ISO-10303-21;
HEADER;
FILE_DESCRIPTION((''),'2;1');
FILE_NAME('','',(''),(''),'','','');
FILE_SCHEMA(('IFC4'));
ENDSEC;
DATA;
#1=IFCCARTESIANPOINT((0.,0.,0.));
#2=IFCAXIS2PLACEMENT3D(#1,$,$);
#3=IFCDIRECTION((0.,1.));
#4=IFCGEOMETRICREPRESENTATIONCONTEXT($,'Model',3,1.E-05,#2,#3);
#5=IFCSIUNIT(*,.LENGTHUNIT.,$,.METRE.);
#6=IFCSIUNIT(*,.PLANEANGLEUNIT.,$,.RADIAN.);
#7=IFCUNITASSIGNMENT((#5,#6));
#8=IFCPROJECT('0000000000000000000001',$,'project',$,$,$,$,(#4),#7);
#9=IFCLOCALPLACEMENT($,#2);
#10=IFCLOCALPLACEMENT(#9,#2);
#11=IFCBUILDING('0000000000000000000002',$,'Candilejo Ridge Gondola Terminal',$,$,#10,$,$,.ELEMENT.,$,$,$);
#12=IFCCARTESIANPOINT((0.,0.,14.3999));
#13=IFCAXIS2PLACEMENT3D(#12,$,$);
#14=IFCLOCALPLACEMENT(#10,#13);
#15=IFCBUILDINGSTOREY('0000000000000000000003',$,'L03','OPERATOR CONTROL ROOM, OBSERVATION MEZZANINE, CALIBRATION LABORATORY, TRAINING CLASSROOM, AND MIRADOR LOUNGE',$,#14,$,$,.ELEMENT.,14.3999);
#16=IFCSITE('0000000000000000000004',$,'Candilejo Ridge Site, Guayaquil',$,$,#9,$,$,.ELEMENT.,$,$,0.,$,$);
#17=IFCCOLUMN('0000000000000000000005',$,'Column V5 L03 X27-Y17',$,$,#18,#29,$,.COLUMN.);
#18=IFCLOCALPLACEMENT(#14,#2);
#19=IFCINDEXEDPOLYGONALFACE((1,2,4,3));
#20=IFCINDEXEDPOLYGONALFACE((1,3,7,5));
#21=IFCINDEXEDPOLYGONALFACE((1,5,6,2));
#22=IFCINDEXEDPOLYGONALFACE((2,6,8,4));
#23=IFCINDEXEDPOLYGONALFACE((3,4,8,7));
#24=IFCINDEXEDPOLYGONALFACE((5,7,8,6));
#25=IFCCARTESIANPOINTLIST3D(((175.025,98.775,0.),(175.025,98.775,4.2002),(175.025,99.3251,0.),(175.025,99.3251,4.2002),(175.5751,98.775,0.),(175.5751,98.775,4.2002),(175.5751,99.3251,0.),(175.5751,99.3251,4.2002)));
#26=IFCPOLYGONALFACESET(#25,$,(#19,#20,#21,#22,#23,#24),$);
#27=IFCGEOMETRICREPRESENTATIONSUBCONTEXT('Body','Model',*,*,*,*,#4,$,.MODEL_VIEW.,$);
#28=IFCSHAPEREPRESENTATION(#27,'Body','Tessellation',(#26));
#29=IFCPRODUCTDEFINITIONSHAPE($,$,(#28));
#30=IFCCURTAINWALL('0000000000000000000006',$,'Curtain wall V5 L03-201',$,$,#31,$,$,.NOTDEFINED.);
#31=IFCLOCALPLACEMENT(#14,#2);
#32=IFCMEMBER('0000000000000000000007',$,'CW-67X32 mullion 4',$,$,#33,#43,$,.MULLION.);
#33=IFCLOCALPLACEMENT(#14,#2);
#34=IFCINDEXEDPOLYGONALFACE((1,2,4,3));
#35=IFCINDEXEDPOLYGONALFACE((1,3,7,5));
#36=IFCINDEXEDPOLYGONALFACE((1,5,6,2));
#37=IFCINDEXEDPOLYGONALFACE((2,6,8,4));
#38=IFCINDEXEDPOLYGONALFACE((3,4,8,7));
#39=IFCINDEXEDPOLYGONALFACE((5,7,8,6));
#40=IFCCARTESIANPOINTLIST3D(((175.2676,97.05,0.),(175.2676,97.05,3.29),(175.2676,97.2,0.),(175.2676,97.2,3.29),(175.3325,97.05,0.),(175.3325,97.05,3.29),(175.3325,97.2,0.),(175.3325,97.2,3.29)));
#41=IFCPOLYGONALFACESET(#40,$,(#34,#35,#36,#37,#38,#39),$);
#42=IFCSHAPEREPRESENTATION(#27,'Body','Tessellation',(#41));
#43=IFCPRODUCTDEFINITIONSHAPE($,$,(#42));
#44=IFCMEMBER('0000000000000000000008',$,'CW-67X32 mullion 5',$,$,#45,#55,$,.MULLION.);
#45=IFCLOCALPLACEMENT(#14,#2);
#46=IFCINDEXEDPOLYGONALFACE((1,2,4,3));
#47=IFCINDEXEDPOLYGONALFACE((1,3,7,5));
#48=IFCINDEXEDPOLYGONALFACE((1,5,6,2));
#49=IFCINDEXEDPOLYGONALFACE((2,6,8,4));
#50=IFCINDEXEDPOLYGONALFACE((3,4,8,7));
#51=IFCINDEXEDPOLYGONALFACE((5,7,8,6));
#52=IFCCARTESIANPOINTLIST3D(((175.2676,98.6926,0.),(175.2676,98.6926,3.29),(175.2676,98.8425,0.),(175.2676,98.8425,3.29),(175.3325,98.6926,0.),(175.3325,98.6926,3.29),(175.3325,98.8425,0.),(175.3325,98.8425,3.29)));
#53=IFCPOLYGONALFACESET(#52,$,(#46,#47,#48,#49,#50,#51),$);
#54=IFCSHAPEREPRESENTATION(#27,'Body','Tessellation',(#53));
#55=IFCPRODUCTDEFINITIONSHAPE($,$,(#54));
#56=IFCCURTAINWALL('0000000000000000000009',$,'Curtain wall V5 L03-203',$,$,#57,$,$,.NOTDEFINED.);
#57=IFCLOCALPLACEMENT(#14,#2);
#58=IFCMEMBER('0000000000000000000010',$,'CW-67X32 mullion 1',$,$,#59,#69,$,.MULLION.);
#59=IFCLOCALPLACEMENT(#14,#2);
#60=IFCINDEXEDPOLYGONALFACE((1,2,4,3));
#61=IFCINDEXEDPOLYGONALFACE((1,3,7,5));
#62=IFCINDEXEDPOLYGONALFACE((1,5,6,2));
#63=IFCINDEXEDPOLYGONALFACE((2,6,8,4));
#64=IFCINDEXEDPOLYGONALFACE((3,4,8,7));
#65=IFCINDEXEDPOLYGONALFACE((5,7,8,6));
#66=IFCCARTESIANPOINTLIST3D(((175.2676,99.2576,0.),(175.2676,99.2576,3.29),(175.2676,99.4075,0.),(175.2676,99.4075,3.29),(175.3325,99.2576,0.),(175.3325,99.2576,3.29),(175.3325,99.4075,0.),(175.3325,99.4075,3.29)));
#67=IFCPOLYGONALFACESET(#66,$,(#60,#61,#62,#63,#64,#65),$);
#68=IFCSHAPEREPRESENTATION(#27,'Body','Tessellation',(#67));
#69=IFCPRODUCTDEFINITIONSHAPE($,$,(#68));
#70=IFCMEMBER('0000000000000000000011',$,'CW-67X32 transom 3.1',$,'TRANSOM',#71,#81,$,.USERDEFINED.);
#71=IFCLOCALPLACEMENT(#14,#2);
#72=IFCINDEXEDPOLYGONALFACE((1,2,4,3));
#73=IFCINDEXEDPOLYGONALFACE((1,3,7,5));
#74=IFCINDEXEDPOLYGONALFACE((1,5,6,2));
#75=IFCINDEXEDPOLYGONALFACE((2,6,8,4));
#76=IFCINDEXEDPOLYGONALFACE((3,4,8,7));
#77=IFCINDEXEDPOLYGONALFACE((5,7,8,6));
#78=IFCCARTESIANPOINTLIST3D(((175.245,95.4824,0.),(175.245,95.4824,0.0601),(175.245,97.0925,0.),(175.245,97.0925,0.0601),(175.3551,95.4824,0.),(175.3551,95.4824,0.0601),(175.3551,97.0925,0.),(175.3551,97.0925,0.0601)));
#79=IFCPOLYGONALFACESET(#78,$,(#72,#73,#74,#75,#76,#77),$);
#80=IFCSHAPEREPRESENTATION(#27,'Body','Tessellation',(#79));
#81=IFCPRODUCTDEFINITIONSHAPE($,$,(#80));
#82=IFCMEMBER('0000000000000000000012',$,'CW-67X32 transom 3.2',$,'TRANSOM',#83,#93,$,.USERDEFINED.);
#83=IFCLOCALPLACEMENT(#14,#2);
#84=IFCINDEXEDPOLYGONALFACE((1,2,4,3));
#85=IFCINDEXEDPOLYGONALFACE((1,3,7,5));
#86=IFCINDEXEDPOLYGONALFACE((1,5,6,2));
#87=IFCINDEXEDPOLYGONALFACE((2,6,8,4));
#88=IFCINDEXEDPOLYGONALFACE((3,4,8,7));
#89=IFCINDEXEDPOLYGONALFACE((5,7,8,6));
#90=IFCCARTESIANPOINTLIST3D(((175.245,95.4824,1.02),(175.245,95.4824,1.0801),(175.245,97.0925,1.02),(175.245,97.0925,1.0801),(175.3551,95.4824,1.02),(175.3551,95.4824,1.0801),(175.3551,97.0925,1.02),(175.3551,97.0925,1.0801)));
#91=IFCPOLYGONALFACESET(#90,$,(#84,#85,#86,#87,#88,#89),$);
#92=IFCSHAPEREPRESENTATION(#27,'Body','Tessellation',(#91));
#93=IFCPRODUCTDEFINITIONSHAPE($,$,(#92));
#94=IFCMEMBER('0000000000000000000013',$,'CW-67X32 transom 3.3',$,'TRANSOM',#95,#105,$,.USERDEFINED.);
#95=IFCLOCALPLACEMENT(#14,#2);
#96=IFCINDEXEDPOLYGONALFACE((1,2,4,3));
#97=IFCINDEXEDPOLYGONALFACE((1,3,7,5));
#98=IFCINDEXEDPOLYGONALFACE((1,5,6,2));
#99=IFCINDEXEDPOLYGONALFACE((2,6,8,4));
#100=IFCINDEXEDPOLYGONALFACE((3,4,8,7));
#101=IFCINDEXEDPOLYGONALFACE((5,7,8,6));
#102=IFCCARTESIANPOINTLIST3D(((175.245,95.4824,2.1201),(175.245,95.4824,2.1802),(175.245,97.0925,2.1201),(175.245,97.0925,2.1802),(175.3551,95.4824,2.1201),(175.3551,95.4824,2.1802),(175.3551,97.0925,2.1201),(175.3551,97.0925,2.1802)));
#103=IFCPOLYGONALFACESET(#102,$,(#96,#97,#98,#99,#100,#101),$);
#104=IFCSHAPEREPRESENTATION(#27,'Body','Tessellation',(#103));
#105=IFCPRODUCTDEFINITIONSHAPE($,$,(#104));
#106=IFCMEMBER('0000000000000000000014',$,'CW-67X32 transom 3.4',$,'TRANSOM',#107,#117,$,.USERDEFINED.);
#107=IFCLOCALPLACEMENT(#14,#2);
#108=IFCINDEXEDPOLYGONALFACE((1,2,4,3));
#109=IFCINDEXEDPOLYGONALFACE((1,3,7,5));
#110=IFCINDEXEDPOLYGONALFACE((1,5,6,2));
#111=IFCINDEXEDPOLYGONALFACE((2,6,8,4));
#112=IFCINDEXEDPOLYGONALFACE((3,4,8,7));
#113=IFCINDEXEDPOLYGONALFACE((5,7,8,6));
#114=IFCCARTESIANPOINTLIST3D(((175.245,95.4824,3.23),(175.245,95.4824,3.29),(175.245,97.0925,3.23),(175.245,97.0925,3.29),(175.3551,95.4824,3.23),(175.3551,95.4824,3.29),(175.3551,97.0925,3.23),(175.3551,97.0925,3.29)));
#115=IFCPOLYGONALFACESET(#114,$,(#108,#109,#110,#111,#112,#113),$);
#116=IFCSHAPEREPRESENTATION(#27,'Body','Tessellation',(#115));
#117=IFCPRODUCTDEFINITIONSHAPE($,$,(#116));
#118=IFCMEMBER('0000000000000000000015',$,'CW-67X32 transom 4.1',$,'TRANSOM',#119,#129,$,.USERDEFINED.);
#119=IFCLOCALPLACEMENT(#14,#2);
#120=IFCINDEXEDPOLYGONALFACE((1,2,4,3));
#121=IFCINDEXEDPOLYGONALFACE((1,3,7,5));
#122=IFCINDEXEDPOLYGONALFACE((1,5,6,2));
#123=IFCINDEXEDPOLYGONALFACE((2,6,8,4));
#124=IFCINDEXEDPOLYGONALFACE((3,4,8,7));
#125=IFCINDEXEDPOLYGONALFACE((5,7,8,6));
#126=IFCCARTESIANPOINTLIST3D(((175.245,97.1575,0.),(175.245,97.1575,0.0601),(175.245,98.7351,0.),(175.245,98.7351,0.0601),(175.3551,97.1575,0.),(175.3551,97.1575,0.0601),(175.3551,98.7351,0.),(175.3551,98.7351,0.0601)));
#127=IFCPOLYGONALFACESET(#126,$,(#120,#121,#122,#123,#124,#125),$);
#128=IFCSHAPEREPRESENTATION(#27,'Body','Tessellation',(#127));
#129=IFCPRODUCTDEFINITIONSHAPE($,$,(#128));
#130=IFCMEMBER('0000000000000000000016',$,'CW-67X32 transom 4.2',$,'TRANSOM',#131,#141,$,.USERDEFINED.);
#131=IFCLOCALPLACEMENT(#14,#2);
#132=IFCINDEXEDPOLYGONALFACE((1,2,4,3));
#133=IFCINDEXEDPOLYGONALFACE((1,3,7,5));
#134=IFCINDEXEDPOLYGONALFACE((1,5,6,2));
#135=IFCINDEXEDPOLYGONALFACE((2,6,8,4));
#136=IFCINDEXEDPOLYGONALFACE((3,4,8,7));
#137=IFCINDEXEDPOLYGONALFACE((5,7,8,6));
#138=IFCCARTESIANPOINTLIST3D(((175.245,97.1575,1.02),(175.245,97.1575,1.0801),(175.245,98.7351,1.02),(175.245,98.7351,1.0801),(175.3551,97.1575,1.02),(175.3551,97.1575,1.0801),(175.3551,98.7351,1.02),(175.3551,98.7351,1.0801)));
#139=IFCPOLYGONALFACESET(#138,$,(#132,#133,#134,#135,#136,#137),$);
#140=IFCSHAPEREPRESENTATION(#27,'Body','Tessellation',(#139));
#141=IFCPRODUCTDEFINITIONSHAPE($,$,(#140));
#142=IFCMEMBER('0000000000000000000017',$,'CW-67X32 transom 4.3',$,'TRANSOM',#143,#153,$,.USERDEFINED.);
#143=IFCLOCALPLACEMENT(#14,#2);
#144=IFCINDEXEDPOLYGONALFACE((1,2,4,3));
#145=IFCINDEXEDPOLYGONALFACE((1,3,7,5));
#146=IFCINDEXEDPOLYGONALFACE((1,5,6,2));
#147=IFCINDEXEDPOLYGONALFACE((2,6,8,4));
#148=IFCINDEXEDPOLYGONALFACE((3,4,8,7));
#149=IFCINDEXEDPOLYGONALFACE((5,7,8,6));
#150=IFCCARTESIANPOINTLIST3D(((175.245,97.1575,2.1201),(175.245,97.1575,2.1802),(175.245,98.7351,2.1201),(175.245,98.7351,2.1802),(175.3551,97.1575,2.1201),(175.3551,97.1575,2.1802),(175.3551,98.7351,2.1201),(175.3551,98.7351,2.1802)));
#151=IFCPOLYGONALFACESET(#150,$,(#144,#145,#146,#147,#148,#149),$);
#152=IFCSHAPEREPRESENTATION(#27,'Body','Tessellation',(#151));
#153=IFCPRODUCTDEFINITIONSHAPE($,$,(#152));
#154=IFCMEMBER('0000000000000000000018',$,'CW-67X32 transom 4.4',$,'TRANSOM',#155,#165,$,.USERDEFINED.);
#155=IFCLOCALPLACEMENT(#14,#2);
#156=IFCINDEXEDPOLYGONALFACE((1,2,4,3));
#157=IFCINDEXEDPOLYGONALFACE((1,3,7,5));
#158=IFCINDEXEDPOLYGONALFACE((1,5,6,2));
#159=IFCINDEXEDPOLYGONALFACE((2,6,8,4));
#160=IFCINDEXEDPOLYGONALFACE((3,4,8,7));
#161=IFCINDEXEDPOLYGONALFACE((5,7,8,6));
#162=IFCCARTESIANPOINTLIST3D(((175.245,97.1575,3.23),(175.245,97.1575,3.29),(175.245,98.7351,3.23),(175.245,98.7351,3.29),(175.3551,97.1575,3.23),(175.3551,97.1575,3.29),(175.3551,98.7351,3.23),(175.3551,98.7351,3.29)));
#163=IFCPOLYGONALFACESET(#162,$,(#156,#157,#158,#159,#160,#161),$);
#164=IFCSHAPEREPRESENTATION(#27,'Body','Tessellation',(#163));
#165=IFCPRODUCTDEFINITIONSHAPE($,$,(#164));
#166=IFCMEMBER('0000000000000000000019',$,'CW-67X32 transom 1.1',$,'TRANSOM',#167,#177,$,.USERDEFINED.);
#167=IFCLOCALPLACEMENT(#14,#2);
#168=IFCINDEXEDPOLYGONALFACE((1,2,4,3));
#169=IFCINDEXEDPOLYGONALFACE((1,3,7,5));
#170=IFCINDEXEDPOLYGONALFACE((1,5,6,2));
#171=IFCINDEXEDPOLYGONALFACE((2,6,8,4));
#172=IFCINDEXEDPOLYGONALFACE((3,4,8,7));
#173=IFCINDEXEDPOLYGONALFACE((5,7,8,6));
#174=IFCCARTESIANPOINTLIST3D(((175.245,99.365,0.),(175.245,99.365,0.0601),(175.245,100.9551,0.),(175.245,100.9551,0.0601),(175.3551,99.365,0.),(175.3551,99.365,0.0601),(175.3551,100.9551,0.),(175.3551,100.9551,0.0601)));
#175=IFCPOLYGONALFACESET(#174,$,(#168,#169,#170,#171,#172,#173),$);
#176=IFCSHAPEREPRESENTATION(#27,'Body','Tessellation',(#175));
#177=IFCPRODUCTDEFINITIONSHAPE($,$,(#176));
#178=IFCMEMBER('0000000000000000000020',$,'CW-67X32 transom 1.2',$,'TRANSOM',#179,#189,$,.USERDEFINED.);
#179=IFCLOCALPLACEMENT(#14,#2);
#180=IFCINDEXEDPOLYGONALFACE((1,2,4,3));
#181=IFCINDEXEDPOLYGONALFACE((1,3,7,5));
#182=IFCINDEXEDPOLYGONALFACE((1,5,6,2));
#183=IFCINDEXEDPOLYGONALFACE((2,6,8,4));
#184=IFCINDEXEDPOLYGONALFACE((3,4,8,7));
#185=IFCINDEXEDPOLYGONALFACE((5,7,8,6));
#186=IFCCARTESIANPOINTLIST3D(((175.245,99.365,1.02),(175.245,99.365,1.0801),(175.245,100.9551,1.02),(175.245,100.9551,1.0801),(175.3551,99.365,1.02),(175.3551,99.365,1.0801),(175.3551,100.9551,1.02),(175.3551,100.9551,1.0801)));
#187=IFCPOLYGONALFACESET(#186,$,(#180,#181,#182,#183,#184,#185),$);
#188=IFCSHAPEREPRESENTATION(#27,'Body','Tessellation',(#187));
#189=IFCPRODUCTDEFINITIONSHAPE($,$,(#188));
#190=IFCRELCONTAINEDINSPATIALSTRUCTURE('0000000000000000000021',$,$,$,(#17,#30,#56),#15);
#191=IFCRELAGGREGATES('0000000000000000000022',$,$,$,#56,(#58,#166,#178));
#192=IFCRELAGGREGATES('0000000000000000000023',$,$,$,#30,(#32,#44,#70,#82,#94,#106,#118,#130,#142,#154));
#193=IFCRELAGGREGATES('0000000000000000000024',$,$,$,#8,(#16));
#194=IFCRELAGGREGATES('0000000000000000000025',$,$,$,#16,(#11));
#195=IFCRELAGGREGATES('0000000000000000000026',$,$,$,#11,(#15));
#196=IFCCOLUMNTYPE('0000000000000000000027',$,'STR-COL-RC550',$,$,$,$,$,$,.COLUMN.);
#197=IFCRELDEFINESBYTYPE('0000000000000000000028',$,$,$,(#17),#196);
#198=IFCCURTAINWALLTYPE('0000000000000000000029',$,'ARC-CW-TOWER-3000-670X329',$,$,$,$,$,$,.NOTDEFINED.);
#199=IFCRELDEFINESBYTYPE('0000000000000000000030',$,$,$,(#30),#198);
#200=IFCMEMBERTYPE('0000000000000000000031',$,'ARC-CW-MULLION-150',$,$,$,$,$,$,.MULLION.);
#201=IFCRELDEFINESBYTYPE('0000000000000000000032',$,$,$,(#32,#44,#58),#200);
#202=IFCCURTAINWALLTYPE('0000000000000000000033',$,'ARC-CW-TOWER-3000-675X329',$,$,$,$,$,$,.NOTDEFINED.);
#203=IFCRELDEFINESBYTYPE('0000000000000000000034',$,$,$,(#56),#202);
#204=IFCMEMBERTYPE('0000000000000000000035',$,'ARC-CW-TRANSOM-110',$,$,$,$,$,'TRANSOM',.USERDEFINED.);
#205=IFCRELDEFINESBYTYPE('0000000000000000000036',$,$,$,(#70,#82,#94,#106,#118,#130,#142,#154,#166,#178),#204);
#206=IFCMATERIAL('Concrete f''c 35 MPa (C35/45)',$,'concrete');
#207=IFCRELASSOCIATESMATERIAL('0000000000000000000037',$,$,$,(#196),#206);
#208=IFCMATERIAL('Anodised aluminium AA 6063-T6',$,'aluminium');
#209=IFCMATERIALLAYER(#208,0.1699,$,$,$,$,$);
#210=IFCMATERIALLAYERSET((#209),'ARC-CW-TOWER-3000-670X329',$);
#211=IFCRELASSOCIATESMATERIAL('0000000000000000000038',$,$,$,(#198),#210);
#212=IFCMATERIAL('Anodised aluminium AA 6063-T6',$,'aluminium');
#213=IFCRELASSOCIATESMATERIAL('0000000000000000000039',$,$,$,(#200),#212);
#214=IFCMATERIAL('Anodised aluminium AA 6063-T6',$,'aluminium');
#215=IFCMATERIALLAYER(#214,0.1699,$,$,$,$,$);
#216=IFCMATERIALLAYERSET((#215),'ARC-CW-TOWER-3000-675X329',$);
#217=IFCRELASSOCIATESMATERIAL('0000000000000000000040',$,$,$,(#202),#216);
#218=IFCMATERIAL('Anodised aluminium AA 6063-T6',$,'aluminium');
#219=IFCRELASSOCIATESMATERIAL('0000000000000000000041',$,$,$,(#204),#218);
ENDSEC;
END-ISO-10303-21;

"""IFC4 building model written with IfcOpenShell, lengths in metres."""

from ifc_helpers import new_model, si_unit, direction, frame, origin, origin_2d, place, context, subcontext, project, spatial, rectangle, extrude, material, layer, layer_set, material_profile, profile_set, type_object, element, aggregate, save


model = new_model("IFC4")

# Units and contexts
model_context = context("Model", 3, precision=1e-05, world=origin(), true_north=direction((0.0, 1.0)))
body_context = subcontext(model_context, "Body", "Model", "MODEL_VIEW")
ifc_project = project(units=[si_unit("LENGTHUNIT", "METRE"), si_unit("PLANEANGLEUNIT", "RADIAN")], contexts=[model_context])

# Site, building, storey
site_placement = place(None, origin())
site = spatial("IfcSite", under=ifc_project, at=site_placement, Name="Candilejo Ridge Site, Guayaquil", CompositionType="ELEMENT", RefElevation=0.0)
building_placement = place(site_placement, origin())
building = spatial("IfcBuilding", under=site, at=building_placement, Name="Candilejo Ridge Gondola Terminal", CompositionType="ELEMENT")
storey_placement = place(building_placement, frame((0.0, 0.0, 14.3999)))
storey = spatial("IfcBuildingStorey", under=building, at=storey_placement, Name="L03", Description="OPERATOR CONTROL ROOM, OBSERVATION MEZZANINE, CALIBRATION LABORATORY, TRAINING CLASSROOM, AND MIRADOR LOUNGE", CompositionType="ELEMENT", Elevation=14.3999)

# Column
ifc_material_1 = material(Name="Concrete f'c 35 MPa (C35/45)", Category="concrete")
ifc_material_profile_1 = material_profile(ifc_material_1, rectangle(XDim=0.55, YDim=0.55, at=origin_2d()))
ifc_profile_set_1 = profile_set([ifc_material_profile_1], Name="Concrete f'c 35 MPa (C35/45)")
column_type = type_object("IfcColumnType", Name="STR-COL-RC550", PredefinedType="COLUMN", material=ifc_profile_set_1)
column_placement = place(storey_placement, frame((175.3, 99.05, 0.0), z_axis=(0.0, 0.0, 1.0), x_axis=(1.0, 0.0, 0.0)))
element("IfcColumn", 1, at=column_placement, inside=storey, type_object=column_type, Name="Column V5 L03 X27-Y17", PredefinedType="COLUMN", context=body_context, shape_type="SweptSolid", body=[
    extrude(rectangle(XDim=0.55, YDim=0.55, at=origin_2d()), origin(), (0.0, 0.0, 1.0), 4.2002),
])

# Curtain wall, members
ifc_material_2 = material(Name="Anodised aluminium AA 6063-T6", Category="aluminium")
ifc_layer_1 = layer(ifc_material_2, 0.1699)
ifc_layer_set_1 = layer_set([ifc_layer_1], Name="ARC-CW-TOWER-3000-670X329")
curtain_wall_type_1 = type_object("IfcCurtainWallType", Name="ARC-CW-TOWER-3000-670X329", PredefinedType="NOTDEFINED", material=ifc_layer_set_1)
curtain_wall_1_placement = place(storey_placement, origin())
curtain_wall_1 = element("IfcCurtainWall", 2, at=curtain_wall_1_placement, inside=storey, type_object=curtain_wall_type_1, Name="Curtain wall V5 L03-201", PredefinedType="NOTDEFINED")
ifc_material_3 = material(Name="Anodised aluminium AA 6063-T6", Category="aluminium")
ifc_material_profile_2 = material_profile(ifc_material_3, rectangle(XDim=0.0649, YDim=0.1499, at=origin_2d()))
ifc_profile_set_2 = profile_set([ifc_material_profile_2], Name="Anodised aluminium AA 6063-T6")
member_type_1 = type_object("IfcMemberType", Name="ARC-CW-MULLION-150", PredefinedType="MULLION", material=ifc_profile_set_2)
member_1_placement = place(storey_placement, frame((175.3, 97.125, 0.0), z_axis=(0.0, 0.0, 1.0), x_axis=(-1.0, 0.0, 0.0)))
member_1 = element("IfcMember", 3, at=member_1_placement, type_object=member_type_1, Name="CW-67X32 mullion 4", PredefinedType="MULLION", context=body_context, shape_type="SweptSolid", body=[
    extrude(rectangle(XDim=0.0649, YDim=0.1499, at=origin_2d()), origin(), (0.0, 0.0, 1.0), 3.29),
])
member_2_placement = place(storey_placement, frame((175.3, 98.7676, 0.0), z_axis=(0.0, 0.0, 1.0), x_axis=(-1.0, 0.0, 0.0)))
member_2 = element("IfcMember", 4, at=member_2_placement, type_object=member_type_1, Name="CW-67X32 mullion 5", PredefinedType="MULLION", context=body_context, shape_type="SweptSolid", body=[
    extrude(rectangle(XDim=0.0649, YDim=0.1499, at=origin_2d()), origin(), (0.0, 0.0, 1.0), 3.29),
])

# Curtain wall, member
ifc_material_4 = material(Name="Anodised aluminium AA 6063-T6", Category="aluminium")
ifc_layer_2 = layer(ifc_material_4, 0.1699)
ifc_layer_set_2 = layer_set([ifc_layer_2], Name="ARC-CW-TOWER-3000-675X329")
curtain_wall_type_2 = type_object("IfcCurtainWallType", Name="ARC-CW-TOWER-3000-675X329", PredefinedType="NOTDEFINED", material=ifc_layer_set_2)
curtain_wall_2_placement = place(storey_placement, origin())
curtain_wall_2 = element("IfcCurtainWall", 5, at=curtain_wall_2_placement, inside=storey, type_object=curtain_wall_type_2, Name="Curtain wall V5 L03-203", PredefinedType="NOTDEFINED")
member_3_placement = place(storey_placement, frame((175.3, 99.3325, 0.0), z_axis=(0.0, 0.0, 1.0), x_axis=(-1.0, 0.0, 0.0)))
member_3 = element("IfcMember", 6, at=member_3_placement, type_object=member_type_1, Name="CW-67X32 mullion 1", PredefinedType="MULLION", context=body_context, shape_type="SweptSolid", body=[
    extrude(rectangle(XDim=0.0649, YDim=0.1499, at=origin_2d()), origin(), (0.0, 0.0, 1.0), 3.29),
])

# Members
ifc_material_5 = material(Name="Anodised aluminium AA 6063-T6", Category="aluminium")
ifc_material_profile_3 = material_profile(ifc_material_5, rectangle(XDim=0.1101, YDim=0.0601, at=origin_2d()))
ifc_profile_set_3 = profile_set([ifc_material_profile_3], Name="Anodised aluminium AA 6063-T6")
member_type_2 = type_object("IfcMemberType", Name="ARC-CW-TRANSOM-110", ElementType="TRANSOM", PredefinedType="USERDEFINED", material=ifc_profile_set_3)
member_4_placement = place(storey_placement, frame((175.3, 95.4824, 0.03), z_axis=(0.0, 1.0, 0.0), x_axis=(-1.0, 0.0, 0.0)))
member_4 = element("IfcMember", 7, at=member_4_placement, type_object=member_type_2, Name="CW-67X32 transom 3.1", ObjectType="TRANSOM", PredefinedType="USERDEFINED", context=body_context, shape_type="SweptSolid", body=[
    extrude(rectangle(XDim=0.1101, YDim=0.0601, at=origin_2d()), origin(), (0.0, 0.0, 1.0), 1.6101),
])
member_5_placement = place(storey_placement, frame((175.3, 95.4824, 1.05), z_axis=(0.0, 1.0, 0.0), x_axis=(-1.0, 0.0, 0.0)))
member_5 = element("IfcMember", 8, at=member_5_placement, type_object=member_type_2, Name="CW-67X32 transom 3.2", ObjectType="TRANSOM", PredefinedType="USERDEFINED", context=body_context, shape_type="SweptSolid", body=[
    extrude(rectangle(XDim=0.1101, YDim=0.0601, at=origin_2d()), origin(), (0.0, 0.0, 1.0), 1.6101),
])
member_6_placement = place(storey_placement, frame((175.3, 95.4824, 2.1501), z_axis=(0.0, 1.0, 0.0), x_axis=(-1.0, 0.0, 0.0)))
member_6 = element("IfcMember", 9, at=member_6_placement, type_object=member_type_2, Name="CW-67X32 transom 3.3", ObjectType="TRANSOM", PredefinedType="USERDEFINED", context=body_context, shape_type="SweptSolid", body=[
    extrude(rectangle(XDim=0.1101, YDim=0.0601, at=origin_2d()), origin(), (0.0, 0.0, 1.0), 1.6101),
])
member_7_placement = place(storey_placement, frame((175.3, 95.4824, 3.26), z_axis=(0.0, 1.0, 0.0), x_axis=(-1.0, 0.0, 0.0)))
member_7 = element("IfcMember", 10, at=member_7_placement, type_object=member_type_2, Name="CW-67X32 transom 3.4", ObjectType="TRANSOM", PredefinedType="USERDEFINED", context=body_context, shape_type="SweptSolid", body=[
    extrude(rectangle(XDim=0.1101, YDim=0.0601, at=origin_2d()), origin(), (0.0, 0.0, 1.0), 1.6101),
])
member_8_placement = place(storey_placement, frame((175.3, 97.1575, 0.03), z_axis=(0.0, 1.0, 0.0), x_axis=(-1.0, 0.0, 0.0)))
member_8 = element("IfcMember", 11, at=member_8_placement, type_object=member_type_2, Name="CW-67X32 transom 4.1", ObjectType="TRANSOM", PredefinedType="USERDEFINED", context=body_context, shape_type="SweptSolid", body=[
    extrude(rectangle(XDim=0.1101, YDim=0.0601, at=origin_2d()), origin(), (0.0, 0.0, 1.0), 1.5776),
])
member_9_placement = place(storey_placement, frame((175.3, 97.1575, 1.05), z_axis=(0.0, 1.0, 0.0), x_axis=(-1.0, 0.0, 0.0)))
member_9 = element("IfcMember", 12, at=member_9_placement, type_object=member_type_2, Name="CW-67X32 transom 4.2", ObjectType="TRANSOM", PredefinedType="USERDEFINED", context=body_context, shape_type="SweptSolid", body=[
    extrude(rectangle(XDim=0.1101, YDim=0.0601, at=origin_2d()), origin(), (0.0, 0.0, 1.0), 1.5776),
])
member_10_placement = place(storey_placement, frame((175.3, 97.1575, 2.1501), z_axis=(0.0, 1.0, 0.0), x_axis=(-1.0, 0.0, 0.0)))
member_10 = element("IfcMember", 13, at=member_10_placement, type_object=member_type_2, Name="CW-67X32 transom 4.3", ObjectType="TRANSOM", PredefinedType="USERDEFINED", context=body_context, shape_type="SweptSolid", body=[
    extrude(rectangle(XDim=0.1101, YDim=0.0601, at=origin_2d()), origin(), (0.0, 0.0, 1.0), 1.5776),
])
member_11_placement = place(storey_placement, frame((175.3, 97.1575, 3.26), z_axis=(0.0, 1.0, 0.0), x_axis=(-1.0, 0.0, 0.0)))
member_11 = element("IfcMember", 14, at=member_11_placement, type_object=member_type_2, Name="CW-67X32 transom 4.4", ObjectType="TRANSOM", PredefinedType="USERDEFINED", context=body_context, shape_type="SweptSolid", body=[
    extrude(rectangle(XDim=0.1101, YDim=0.0601, at=origin_2d()), origin(), (0.0, 0.0, 1.0), 1.5776),
])
member_12_placement = place(storey_placement, frame((175.3, 99.365, 0.03), z_axis=(0.0, 1.0, 0.0), x_axis=(-1.0, 0.0, 0.0)))
member_12 = element("IfcMember", 15, at=member_12_placement, type_object=member_type_2, Name="CW-67X32 transom 1.1", ObjectType="TRANSOM", PredefinedType="USERDEFINED", context=body_context, shape_type="SweptSolid", body=[
    extrude(rectangle(XDim=0.1101, YDim=0.0601, at=origin_2d()), origin(), (0.0, 0.0, 1.0), 1.5901),
])
member_13_placement = place(storey_placement, frame((175.3, 99.365, 1.05), z_axis=(0.0, 1.0, 0.0), x_axis=(-1.0, 0.0, 0.0)))
member_13 = element("IfcMember", 16, at=member_13_placement, type_object=member_type_2, Name="CW-67X32 transom 1.2", ObjectType="TRANSOM", PredefinedType="USERDEFINED", context=body_context, shape_type="SweptSolid", body=[
    extrude(rectangle(XDim=0.1101, YDim=0.0601, at=origin_2d()), origin(), (0.0, 0.0, 1.0), 1.5901),
])
aggregate(curtain_wall_2, [member_3, member_12, member_13])

aggregate(curtain_wall_1, [member_1, member_2, member_4, member_5, member_6, member_7, member_8, member_9, member_10, member_11])

save(model, "model.ifc")
